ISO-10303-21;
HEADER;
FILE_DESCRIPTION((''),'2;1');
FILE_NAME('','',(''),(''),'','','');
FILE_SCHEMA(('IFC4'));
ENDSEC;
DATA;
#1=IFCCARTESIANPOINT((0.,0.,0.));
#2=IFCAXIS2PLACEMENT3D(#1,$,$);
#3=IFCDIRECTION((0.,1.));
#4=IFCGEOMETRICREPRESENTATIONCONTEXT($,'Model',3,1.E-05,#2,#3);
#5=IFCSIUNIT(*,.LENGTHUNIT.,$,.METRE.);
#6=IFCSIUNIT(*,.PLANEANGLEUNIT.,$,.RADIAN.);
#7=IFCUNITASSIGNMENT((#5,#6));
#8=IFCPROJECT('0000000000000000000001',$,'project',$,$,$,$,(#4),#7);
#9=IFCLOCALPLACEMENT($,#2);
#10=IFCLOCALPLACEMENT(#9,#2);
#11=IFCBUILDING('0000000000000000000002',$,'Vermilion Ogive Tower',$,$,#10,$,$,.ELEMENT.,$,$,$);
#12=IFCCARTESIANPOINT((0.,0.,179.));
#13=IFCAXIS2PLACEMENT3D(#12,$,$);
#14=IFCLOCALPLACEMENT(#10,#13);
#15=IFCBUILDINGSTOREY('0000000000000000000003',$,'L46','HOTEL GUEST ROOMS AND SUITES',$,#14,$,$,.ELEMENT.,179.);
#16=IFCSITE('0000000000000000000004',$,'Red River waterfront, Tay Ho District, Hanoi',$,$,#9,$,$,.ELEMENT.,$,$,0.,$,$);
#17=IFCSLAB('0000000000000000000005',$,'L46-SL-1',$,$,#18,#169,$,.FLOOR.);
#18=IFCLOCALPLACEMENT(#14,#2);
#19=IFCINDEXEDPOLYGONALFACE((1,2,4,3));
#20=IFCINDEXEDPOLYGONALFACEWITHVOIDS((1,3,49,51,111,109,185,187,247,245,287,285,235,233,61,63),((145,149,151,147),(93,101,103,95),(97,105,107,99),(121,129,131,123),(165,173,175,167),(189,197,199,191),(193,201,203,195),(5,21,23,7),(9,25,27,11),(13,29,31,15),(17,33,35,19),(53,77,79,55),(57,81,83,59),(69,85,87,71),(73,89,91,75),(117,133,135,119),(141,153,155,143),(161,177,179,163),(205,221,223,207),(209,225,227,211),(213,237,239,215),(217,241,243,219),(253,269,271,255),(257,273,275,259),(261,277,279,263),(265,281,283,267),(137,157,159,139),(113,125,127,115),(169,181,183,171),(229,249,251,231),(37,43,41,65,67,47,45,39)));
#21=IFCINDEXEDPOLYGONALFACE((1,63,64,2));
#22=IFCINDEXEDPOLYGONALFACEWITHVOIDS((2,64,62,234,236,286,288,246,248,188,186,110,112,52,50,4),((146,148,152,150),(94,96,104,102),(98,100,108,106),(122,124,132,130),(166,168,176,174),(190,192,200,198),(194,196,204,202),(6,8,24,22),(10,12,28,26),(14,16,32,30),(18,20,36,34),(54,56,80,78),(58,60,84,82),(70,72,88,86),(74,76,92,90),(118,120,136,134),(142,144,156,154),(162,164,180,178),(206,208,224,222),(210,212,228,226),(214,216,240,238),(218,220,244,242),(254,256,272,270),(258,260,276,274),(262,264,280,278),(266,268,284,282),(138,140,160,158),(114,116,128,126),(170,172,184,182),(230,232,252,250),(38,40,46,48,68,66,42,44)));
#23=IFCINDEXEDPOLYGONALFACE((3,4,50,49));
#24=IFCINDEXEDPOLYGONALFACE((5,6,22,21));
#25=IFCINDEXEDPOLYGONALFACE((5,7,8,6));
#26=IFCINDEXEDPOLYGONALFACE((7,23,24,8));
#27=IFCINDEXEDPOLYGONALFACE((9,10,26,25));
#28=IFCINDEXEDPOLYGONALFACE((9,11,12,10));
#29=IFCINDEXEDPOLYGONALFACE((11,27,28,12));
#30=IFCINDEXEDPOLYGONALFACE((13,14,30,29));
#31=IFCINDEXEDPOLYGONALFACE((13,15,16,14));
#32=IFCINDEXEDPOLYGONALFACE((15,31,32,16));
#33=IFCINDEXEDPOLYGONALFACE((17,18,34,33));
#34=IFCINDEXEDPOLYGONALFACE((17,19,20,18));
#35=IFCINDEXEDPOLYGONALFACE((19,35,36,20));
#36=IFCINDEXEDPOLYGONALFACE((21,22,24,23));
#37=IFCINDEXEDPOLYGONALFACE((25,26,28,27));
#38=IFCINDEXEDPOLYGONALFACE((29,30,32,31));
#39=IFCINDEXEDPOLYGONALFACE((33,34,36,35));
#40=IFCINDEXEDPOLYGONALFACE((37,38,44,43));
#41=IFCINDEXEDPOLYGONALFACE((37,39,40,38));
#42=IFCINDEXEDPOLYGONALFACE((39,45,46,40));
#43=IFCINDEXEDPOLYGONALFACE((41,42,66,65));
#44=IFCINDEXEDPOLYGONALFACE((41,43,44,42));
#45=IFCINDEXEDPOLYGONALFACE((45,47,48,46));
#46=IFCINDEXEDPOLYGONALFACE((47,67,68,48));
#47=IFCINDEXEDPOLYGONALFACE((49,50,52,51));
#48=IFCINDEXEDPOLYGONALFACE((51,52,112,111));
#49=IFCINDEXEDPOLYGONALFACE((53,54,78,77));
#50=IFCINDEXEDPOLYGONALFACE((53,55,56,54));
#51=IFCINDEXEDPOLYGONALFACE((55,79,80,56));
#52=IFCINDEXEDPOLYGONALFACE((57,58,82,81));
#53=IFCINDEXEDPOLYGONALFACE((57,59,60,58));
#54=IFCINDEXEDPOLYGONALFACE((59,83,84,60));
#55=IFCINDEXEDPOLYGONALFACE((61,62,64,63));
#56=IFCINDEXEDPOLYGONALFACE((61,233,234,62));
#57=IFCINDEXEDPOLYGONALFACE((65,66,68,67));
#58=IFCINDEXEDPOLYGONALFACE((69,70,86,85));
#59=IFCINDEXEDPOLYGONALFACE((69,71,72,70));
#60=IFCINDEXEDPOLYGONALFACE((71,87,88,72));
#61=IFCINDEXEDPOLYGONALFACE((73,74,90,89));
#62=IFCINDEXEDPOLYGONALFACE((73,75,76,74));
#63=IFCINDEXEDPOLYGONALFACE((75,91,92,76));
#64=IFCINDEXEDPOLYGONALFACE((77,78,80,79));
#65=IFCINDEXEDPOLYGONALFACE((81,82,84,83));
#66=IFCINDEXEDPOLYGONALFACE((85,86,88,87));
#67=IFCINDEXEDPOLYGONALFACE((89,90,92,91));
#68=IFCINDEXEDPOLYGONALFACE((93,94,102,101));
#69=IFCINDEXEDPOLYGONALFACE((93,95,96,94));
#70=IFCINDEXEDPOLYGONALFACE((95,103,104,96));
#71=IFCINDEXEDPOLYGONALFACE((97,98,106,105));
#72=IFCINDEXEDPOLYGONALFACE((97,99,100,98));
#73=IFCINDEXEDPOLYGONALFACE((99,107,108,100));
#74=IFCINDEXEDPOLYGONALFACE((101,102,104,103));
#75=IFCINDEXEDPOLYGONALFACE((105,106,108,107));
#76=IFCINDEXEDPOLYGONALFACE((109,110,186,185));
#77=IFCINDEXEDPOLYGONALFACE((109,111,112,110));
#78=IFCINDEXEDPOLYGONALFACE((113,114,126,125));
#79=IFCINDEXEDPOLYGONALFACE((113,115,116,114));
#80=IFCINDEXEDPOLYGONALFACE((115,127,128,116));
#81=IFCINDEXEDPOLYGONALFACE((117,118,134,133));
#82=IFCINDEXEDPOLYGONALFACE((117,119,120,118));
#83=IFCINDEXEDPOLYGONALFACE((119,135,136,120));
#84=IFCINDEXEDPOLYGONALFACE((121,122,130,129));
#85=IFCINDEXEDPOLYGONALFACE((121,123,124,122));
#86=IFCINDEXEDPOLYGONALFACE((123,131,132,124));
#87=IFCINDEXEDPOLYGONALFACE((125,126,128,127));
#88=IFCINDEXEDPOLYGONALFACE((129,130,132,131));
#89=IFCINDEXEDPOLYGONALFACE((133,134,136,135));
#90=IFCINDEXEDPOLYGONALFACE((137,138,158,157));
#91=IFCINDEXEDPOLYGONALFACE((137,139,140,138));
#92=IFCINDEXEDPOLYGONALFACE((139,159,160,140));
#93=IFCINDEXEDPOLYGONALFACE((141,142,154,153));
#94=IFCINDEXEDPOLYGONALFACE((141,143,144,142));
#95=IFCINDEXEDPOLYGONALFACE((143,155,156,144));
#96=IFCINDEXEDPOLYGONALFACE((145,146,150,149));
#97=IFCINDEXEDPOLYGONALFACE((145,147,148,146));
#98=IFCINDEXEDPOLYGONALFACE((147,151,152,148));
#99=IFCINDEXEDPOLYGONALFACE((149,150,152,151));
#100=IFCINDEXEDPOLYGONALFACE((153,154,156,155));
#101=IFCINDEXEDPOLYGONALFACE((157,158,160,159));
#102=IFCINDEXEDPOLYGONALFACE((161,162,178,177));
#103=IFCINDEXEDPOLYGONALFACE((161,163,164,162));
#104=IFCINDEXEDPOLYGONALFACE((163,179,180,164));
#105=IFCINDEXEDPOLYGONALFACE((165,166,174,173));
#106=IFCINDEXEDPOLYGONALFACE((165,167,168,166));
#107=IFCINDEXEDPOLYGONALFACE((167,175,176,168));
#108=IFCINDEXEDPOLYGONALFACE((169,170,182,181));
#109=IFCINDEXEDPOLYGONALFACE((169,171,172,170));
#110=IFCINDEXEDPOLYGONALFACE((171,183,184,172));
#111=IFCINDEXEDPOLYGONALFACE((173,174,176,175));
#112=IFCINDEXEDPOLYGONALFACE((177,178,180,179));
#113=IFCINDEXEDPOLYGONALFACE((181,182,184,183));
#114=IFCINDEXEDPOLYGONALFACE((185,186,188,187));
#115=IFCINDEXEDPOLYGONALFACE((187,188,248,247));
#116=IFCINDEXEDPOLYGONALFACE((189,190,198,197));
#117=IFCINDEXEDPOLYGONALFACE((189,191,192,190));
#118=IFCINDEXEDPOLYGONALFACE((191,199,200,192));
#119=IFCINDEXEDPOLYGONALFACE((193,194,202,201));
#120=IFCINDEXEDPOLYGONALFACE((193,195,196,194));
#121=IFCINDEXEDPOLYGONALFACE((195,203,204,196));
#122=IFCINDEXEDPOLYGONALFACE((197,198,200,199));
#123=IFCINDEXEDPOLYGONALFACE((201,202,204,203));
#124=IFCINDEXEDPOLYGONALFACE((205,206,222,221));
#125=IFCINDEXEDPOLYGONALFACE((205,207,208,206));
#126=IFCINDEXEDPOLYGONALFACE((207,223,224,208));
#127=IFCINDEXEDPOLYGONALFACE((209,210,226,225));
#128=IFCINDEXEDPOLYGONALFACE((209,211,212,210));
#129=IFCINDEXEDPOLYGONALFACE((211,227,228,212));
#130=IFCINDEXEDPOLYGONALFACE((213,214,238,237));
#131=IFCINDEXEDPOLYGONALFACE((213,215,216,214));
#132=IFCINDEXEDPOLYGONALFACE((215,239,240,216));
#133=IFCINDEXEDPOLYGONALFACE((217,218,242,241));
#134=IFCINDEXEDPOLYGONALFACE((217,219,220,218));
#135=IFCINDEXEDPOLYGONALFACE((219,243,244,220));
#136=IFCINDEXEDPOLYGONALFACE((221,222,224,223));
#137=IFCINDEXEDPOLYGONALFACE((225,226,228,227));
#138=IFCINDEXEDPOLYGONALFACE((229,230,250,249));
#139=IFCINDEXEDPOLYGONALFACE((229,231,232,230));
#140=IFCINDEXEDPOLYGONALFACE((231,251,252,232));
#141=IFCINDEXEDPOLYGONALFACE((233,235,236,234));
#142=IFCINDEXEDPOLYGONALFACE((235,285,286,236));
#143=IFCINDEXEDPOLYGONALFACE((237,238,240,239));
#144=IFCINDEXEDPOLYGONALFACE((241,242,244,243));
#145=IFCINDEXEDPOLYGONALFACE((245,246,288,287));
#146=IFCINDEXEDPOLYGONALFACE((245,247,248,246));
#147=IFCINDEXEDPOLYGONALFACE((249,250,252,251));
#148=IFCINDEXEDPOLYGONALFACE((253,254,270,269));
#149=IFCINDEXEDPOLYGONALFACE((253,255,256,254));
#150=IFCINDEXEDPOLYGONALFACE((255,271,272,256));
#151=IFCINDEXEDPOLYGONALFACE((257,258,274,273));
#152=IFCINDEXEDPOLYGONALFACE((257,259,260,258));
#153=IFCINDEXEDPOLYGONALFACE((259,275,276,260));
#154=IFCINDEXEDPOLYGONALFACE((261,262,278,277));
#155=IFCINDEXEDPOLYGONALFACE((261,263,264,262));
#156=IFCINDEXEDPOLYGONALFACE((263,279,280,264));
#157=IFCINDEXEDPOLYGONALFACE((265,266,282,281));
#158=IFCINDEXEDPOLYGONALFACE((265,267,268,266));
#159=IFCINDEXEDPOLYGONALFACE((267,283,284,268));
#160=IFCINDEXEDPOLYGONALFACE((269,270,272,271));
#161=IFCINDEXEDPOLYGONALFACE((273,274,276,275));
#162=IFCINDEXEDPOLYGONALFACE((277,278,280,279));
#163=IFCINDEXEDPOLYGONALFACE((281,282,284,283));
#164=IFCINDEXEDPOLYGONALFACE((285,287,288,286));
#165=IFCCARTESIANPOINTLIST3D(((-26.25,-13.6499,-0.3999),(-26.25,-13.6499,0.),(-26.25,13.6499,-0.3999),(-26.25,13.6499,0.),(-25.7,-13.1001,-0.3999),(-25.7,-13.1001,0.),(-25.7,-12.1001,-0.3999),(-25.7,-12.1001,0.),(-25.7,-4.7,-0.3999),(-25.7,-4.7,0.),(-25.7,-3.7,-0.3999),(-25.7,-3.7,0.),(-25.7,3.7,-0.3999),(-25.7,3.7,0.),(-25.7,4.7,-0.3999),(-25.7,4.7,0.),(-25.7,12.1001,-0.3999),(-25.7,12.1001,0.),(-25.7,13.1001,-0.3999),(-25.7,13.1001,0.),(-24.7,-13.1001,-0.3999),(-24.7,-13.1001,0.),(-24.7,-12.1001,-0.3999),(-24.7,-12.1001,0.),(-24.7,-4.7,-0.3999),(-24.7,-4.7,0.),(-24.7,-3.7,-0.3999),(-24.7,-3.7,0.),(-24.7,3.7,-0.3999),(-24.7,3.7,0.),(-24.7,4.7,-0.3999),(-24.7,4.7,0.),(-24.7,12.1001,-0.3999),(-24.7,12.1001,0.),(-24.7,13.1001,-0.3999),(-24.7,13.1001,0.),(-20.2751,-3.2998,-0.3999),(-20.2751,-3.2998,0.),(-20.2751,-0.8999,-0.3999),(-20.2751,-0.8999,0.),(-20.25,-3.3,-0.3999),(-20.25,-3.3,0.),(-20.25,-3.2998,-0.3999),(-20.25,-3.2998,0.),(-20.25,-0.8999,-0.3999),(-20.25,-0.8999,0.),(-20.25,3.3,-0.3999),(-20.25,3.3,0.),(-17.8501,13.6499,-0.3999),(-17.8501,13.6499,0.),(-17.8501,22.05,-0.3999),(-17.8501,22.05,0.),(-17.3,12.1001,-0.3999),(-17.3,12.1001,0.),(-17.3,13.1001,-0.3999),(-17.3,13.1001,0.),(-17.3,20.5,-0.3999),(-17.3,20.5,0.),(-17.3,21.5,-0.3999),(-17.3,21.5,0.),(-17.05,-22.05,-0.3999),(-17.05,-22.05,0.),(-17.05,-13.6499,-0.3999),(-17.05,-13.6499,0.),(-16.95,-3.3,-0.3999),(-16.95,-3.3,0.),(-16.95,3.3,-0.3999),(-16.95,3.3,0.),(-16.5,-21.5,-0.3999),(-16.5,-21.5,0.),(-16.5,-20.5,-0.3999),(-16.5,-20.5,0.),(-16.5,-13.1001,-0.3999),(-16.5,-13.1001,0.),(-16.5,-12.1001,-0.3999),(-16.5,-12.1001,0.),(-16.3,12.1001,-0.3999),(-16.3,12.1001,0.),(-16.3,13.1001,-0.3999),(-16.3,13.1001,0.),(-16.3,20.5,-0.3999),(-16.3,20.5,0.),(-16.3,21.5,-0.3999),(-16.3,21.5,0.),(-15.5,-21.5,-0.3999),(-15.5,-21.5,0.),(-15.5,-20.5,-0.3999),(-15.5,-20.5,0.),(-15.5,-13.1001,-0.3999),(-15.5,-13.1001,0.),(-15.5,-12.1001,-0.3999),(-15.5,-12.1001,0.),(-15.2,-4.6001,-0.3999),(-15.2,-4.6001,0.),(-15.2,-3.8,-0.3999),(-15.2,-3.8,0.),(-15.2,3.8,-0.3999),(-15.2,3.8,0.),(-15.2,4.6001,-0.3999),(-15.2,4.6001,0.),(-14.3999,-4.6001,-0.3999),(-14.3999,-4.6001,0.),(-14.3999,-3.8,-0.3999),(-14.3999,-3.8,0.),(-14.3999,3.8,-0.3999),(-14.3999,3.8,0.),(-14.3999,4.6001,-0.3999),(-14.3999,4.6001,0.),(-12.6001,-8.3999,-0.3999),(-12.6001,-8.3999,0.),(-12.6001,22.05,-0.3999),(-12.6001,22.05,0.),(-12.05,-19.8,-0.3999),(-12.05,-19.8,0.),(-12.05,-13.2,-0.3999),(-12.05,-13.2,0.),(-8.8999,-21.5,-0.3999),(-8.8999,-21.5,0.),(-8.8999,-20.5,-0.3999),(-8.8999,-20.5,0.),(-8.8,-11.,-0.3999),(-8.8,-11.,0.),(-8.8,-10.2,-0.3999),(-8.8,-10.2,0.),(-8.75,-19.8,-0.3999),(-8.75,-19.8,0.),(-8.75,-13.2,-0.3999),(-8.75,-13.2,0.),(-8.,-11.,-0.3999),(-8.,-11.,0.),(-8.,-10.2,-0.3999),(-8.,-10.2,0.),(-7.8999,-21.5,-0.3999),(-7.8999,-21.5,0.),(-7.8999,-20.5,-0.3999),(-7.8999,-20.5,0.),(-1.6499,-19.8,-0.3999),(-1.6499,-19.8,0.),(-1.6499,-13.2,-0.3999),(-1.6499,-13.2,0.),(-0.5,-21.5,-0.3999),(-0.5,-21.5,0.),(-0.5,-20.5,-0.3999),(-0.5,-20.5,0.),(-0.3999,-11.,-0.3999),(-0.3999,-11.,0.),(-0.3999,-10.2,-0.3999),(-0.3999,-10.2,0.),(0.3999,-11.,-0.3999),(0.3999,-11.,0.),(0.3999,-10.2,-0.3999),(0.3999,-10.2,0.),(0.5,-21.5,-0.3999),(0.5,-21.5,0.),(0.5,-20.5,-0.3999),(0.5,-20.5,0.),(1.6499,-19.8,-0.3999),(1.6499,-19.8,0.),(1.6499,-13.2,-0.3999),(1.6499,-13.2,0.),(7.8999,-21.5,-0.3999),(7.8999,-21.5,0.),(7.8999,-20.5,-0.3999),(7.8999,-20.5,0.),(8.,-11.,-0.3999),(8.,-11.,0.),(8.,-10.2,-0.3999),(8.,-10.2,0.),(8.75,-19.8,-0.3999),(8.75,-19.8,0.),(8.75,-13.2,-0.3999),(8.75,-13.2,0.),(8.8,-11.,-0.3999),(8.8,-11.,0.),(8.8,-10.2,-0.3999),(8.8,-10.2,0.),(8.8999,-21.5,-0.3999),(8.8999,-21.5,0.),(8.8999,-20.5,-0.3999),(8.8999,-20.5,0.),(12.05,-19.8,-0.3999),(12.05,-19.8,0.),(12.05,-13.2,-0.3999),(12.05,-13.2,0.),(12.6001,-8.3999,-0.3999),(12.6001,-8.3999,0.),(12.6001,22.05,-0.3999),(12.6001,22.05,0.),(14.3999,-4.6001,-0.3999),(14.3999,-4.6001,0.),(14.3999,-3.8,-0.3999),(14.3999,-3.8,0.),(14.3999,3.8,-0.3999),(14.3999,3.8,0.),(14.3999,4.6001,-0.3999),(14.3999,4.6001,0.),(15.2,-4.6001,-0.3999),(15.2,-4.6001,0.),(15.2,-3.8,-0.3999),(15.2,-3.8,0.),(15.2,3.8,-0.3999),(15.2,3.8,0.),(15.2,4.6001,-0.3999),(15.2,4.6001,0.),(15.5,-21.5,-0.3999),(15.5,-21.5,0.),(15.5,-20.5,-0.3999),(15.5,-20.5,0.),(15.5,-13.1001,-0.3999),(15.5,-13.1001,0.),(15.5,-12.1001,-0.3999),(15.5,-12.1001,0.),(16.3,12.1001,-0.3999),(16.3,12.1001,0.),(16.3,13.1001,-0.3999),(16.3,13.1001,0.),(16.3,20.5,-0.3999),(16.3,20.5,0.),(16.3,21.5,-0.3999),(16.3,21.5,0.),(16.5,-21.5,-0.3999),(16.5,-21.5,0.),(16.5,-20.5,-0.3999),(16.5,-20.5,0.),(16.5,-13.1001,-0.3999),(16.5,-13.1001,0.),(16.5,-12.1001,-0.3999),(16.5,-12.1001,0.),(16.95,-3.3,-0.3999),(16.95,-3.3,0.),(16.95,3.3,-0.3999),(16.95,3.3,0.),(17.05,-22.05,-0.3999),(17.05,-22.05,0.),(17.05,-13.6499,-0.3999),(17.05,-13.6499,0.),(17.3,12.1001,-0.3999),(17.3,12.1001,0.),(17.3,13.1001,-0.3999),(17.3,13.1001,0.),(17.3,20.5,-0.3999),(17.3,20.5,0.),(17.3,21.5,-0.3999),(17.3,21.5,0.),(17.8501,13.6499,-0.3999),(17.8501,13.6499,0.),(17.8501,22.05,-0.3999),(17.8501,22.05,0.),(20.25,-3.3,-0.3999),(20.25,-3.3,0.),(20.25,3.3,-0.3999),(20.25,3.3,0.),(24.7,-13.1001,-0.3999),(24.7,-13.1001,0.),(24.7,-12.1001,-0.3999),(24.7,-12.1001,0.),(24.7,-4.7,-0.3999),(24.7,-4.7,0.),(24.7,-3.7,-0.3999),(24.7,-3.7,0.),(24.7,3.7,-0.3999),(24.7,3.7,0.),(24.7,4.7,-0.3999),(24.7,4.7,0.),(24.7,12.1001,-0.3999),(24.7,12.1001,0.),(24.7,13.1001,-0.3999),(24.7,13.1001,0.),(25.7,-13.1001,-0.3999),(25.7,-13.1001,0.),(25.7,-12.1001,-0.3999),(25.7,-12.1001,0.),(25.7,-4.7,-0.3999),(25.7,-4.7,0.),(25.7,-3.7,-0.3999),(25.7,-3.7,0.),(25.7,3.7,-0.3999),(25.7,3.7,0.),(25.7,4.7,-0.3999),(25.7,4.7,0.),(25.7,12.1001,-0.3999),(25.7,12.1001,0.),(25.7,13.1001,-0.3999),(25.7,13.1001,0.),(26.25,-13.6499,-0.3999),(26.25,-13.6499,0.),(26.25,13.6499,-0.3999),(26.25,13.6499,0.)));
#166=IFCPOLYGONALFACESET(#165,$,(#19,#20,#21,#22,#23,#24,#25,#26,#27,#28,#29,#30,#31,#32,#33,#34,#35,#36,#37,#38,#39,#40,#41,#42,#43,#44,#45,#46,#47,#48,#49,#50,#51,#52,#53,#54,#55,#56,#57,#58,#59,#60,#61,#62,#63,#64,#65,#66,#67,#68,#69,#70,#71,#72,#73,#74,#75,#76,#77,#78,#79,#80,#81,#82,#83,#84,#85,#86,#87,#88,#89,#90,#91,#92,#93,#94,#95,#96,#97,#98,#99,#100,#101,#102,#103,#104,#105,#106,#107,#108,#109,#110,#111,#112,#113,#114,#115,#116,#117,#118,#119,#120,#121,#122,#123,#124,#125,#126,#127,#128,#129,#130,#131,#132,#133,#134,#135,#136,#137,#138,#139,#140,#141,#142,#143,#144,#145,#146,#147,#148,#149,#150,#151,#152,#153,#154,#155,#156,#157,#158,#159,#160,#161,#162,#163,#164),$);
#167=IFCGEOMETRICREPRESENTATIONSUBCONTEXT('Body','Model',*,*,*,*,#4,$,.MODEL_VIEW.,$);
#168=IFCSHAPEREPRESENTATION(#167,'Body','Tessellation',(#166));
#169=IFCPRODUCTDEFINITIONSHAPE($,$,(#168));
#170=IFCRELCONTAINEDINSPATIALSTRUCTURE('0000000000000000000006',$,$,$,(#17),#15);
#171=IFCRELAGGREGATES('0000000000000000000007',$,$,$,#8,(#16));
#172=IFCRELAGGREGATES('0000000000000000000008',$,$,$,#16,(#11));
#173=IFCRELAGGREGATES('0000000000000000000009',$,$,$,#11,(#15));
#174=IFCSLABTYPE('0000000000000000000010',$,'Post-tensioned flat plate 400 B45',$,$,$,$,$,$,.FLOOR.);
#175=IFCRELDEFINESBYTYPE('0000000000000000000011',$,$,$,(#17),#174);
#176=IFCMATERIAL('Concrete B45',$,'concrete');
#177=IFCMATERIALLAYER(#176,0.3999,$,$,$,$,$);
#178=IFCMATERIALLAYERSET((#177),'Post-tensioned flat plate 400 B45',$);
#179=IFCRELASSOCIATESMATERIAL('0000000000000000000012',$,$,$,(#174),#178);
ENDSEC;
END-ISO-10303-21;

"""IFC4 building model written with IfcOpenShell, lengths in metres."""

from ifc_helpers import new_model, si_unit, direction, frame, origin, place, context, subcontext, project, spatial, polyline, outline, extrude, material, layer, layer_set, type_object, element, save


model = new_model("IFC4")

# Units and contexts
model_context = context("Model", 3, precision=1e-05, world=origin(), true_north=direction((0.0, 1.0)))
body_context = subcontext(model_context, "Body", "Model", "MODEL_VIEW")
ifc_project = project(units=[si_unit("LENGTHUNIT", "METRE"), si_unit("PLANEANGLEUNIT", "RADIAN")], contexts=[model_context])

# Site, building, storey
site_placement = place(None, origin())
site = spatial("IfcSite", under=ifc_project, at=site_placement, Name="Red River waterfront, Tay Ho District, Hanoi", CompositionType="ELEMENT", RefElevation=0.0)
building_placement = place(site_placement, origin())
building = spatial("IfcBuilding", under=site, at=building_placement, Name="Vermilion Ogive Tower", CompositionType="ELEMENT")
storey_placement = place(building_placement, frame((0.0, 0.0, 179.0)))
storey = spatial("IfcBuildingStorey", under=building, at=storey_placement, Name="L46", Description="HOTEL GUEST ROOMS AND SUITES", CompositionType="ELEMENT", Elevation=179.0)

# Slab
ifc_material_1 = material(Name="Concrete B45", Category="concrete")
ifc_layer_1 = layer(ifc_material_1, 0.3999)
ifc_layer_set_1 = layer_set([ifc_layer_1], Name="Post-tensioned flat plate 400 B45")
slab_type = type_object("IfcSlabType", Name="Post-tensioned flat plate 400 B45", PredefinedType="FLOOR", material=ifc_layer_set_1)
slab_placement = place(storey_placement, frame((0.0, 0.0, -0.3999)))
element("IfcSlab", 1, at=slab_placement, inside=storey, type_object=slab_type, Name="L46-SL-1", PredefinedType="FLOOR", context=body_context, shape_type="SweptSolid", body=[
    extrude(outline(polyline([(-26.25, -13.6499), (-17.05, -13.6499), (-17.05, -22.05), (17.05, -22.05), (17.05, -13.6499), (26.25, -13.6499), (26.25, 13.6499), (17.8501, 13.6499), (17.8501, 22.05), (12.6001, 22.05), (12.6001, -8.3999), (-12.6001, -8.3999), (-12.6001, 22.05), (-17.8501, 22.05), (-17.8501, 13.6499), (-26.25, 13.6499), (-26.25, -13.6499)]), holes=[polyline([(25.7, -3.7), (25.7, -4.7), (24.7, -4.7), (24.7, -3.7), (25.7, -3.7)]), polyline([(25.7, -12.1001), (25.7, -13.1001), (24.7, -13.1001), (24.7, -12.1001), (25.7, -12.1001)]), polyline([(25.7, 12.1001), (24.7, 12.1001), (24.7, 13.1001), (25.7, 13.1001), (25.7, 12.1001)]), polyline([(25.7, 3.7), (24.7, 3.7), (24.7, 4.7), (25.7, 4.7), (25.7, 3.7)]), polyline([(20.25, 3.3), (20.25, -3.3), (16.95, -3.3), (16.95, 3.3), (20.25, 3.3)]), polyline([(17.3, 13.1001), (17.3, 12.1001), (16.3, 12.1001), (16.3, 13.1001), (17.3, 13.1001)]), polyline([(17.3, 20.5), (16.3, 20.5), (16.3, 21.5), (17.3, 21.5), (17.3, 20.5)]), polyline([(16.5, -12.1001), (16.5, -13.1001), (15.5, -13.1001), (15.5, -12.1001), (16.5, -12.1001)]), polyline([(16.5, -20.5), (16.5, -21.5), (15.5, -21.5), (15.5, -20.5), (16.5, -20.5)]), polyline([(15.2, 4.6001), (15.2, 3.8), (14.3999, 3.8), (14.3999, 4.6001), (15.2, 4.6001)]), polyline([(15.2, -4.6001), (14.3999, -4.6001), (14.3999, -3.8), (15.2, -3.8), (15.2, -4.6001)]), polyline([(12.05, -13.2), (12.05, -19.8), (8.75, -19.8), (8.75, -13.2), (12.05, -13.2)]), polyline([(8.8999, -20.5), (8.8999, -21.5), (7.8999, -21.5), (7.8999, -20.5), (8.8999, -20.5)]), polyline([(8.8, -11.0), (8.0, -11.0), (8.0, -10.2), (8.8, -10.2), (8.8, -11.0)]), polyline([(1.6499, -13.2), (1.6499, -19.8), (-1.6499, -19.8), (-1.6499, -13.2), (1.6499, -13.2)]), polyline([(0.5, -20.5), (0.5, -21.5), (-0.5, -21.5), (-0.5, -20.5), (0.5, -20.5)]), polyline([(0.3999, -10.2), (0.3999, -11.0), (-0.3999, -11.0), (-0.3999, -10.2), (0.3999, -10.2)]), polyline([(-7.8999, -20.5), (-7.8999, -21.5), (-8.8999, -21.5), (-8.8999, -20.5), (-7.8999, -20.5)]), polyline([(-8.0, -10.2), (-8.0, -11.0), (-8.8, -11.0), (-8.8, -10.2), (-8.0, -10.2)]), polyline([(-8.75, -13.2), (-8.75, -19.8), (-12.05, -19.8), (-12.05, -13.2), (-8.75, -13.2)]), polyline([(-14.3999, 4.6001), (-14.3999, 3.8), (-15.2, 3.8), (-15.2, 4.6001), (-14.3999, 4.6001)]), polyline([(-14.3999, -4.6001), (-15.2, -4.6001), (-15.2, -3.8), (-14.3999, -3.8), (-14.3999, -4.6001)]), polyline([(-15.5, -12.1001), (-15.5, -13.1001), (-16.5, -13.1001), (-16.5, -12.1001), (-15.5, -12.1001)]), polyline([(-15.5, -20.5), (-15.5, -21.5), (-16.5, -21.5), (-16.5, -20.5), (-15.5, -20.5)]), polyline([(-16.3, 13.1001), (-16.3, 12.1001), (-17.3, 12.1001), (-17.3, 13.1001), (-16.3, 13.1001)]), polyline([(-16.3, 20.5), (-17.3, 20.5), (-17.3, 21.5), (-16.3, 21.5), (-16.3, 20.5)]), polyline([(-16.95, 3.3), (-16.95, -3.3), (-20.25, -3.3), (-20.25, -3.2998), (-20.2751, -3.2998), (-20.2751, -0.8999), (-20.25, -0.8999), (-20.25, 3.3), (-16.95, 3.3)]), polyline([(-24.7, 3.7), (-25.7, 3.7), (-25.7, 4.7), (-24.7, 4.7), (-24.7, 3.7)]), polyline([(-24.7, 13.1001), (-24.7, 12.1001), (-25.7, 12.1001), (-25.7, 13.1001), (-24.7, 13.1001)]), polyline([(-24.7, -3.7), (-24.7, -4.7), (-25.7, -4.7), (-25.7, -3.7), (-24.7, -3.7)]), polyline([(-24.7, -12.1001), (-24.7, -13.1001), (-25.7, -13.1001), (-25.7, -12.1001), (-24.7, -12.1001)])]), origin(), (0.0, 0.0, 1.0), 0.3999),
])

save(model, "model.ifc")
